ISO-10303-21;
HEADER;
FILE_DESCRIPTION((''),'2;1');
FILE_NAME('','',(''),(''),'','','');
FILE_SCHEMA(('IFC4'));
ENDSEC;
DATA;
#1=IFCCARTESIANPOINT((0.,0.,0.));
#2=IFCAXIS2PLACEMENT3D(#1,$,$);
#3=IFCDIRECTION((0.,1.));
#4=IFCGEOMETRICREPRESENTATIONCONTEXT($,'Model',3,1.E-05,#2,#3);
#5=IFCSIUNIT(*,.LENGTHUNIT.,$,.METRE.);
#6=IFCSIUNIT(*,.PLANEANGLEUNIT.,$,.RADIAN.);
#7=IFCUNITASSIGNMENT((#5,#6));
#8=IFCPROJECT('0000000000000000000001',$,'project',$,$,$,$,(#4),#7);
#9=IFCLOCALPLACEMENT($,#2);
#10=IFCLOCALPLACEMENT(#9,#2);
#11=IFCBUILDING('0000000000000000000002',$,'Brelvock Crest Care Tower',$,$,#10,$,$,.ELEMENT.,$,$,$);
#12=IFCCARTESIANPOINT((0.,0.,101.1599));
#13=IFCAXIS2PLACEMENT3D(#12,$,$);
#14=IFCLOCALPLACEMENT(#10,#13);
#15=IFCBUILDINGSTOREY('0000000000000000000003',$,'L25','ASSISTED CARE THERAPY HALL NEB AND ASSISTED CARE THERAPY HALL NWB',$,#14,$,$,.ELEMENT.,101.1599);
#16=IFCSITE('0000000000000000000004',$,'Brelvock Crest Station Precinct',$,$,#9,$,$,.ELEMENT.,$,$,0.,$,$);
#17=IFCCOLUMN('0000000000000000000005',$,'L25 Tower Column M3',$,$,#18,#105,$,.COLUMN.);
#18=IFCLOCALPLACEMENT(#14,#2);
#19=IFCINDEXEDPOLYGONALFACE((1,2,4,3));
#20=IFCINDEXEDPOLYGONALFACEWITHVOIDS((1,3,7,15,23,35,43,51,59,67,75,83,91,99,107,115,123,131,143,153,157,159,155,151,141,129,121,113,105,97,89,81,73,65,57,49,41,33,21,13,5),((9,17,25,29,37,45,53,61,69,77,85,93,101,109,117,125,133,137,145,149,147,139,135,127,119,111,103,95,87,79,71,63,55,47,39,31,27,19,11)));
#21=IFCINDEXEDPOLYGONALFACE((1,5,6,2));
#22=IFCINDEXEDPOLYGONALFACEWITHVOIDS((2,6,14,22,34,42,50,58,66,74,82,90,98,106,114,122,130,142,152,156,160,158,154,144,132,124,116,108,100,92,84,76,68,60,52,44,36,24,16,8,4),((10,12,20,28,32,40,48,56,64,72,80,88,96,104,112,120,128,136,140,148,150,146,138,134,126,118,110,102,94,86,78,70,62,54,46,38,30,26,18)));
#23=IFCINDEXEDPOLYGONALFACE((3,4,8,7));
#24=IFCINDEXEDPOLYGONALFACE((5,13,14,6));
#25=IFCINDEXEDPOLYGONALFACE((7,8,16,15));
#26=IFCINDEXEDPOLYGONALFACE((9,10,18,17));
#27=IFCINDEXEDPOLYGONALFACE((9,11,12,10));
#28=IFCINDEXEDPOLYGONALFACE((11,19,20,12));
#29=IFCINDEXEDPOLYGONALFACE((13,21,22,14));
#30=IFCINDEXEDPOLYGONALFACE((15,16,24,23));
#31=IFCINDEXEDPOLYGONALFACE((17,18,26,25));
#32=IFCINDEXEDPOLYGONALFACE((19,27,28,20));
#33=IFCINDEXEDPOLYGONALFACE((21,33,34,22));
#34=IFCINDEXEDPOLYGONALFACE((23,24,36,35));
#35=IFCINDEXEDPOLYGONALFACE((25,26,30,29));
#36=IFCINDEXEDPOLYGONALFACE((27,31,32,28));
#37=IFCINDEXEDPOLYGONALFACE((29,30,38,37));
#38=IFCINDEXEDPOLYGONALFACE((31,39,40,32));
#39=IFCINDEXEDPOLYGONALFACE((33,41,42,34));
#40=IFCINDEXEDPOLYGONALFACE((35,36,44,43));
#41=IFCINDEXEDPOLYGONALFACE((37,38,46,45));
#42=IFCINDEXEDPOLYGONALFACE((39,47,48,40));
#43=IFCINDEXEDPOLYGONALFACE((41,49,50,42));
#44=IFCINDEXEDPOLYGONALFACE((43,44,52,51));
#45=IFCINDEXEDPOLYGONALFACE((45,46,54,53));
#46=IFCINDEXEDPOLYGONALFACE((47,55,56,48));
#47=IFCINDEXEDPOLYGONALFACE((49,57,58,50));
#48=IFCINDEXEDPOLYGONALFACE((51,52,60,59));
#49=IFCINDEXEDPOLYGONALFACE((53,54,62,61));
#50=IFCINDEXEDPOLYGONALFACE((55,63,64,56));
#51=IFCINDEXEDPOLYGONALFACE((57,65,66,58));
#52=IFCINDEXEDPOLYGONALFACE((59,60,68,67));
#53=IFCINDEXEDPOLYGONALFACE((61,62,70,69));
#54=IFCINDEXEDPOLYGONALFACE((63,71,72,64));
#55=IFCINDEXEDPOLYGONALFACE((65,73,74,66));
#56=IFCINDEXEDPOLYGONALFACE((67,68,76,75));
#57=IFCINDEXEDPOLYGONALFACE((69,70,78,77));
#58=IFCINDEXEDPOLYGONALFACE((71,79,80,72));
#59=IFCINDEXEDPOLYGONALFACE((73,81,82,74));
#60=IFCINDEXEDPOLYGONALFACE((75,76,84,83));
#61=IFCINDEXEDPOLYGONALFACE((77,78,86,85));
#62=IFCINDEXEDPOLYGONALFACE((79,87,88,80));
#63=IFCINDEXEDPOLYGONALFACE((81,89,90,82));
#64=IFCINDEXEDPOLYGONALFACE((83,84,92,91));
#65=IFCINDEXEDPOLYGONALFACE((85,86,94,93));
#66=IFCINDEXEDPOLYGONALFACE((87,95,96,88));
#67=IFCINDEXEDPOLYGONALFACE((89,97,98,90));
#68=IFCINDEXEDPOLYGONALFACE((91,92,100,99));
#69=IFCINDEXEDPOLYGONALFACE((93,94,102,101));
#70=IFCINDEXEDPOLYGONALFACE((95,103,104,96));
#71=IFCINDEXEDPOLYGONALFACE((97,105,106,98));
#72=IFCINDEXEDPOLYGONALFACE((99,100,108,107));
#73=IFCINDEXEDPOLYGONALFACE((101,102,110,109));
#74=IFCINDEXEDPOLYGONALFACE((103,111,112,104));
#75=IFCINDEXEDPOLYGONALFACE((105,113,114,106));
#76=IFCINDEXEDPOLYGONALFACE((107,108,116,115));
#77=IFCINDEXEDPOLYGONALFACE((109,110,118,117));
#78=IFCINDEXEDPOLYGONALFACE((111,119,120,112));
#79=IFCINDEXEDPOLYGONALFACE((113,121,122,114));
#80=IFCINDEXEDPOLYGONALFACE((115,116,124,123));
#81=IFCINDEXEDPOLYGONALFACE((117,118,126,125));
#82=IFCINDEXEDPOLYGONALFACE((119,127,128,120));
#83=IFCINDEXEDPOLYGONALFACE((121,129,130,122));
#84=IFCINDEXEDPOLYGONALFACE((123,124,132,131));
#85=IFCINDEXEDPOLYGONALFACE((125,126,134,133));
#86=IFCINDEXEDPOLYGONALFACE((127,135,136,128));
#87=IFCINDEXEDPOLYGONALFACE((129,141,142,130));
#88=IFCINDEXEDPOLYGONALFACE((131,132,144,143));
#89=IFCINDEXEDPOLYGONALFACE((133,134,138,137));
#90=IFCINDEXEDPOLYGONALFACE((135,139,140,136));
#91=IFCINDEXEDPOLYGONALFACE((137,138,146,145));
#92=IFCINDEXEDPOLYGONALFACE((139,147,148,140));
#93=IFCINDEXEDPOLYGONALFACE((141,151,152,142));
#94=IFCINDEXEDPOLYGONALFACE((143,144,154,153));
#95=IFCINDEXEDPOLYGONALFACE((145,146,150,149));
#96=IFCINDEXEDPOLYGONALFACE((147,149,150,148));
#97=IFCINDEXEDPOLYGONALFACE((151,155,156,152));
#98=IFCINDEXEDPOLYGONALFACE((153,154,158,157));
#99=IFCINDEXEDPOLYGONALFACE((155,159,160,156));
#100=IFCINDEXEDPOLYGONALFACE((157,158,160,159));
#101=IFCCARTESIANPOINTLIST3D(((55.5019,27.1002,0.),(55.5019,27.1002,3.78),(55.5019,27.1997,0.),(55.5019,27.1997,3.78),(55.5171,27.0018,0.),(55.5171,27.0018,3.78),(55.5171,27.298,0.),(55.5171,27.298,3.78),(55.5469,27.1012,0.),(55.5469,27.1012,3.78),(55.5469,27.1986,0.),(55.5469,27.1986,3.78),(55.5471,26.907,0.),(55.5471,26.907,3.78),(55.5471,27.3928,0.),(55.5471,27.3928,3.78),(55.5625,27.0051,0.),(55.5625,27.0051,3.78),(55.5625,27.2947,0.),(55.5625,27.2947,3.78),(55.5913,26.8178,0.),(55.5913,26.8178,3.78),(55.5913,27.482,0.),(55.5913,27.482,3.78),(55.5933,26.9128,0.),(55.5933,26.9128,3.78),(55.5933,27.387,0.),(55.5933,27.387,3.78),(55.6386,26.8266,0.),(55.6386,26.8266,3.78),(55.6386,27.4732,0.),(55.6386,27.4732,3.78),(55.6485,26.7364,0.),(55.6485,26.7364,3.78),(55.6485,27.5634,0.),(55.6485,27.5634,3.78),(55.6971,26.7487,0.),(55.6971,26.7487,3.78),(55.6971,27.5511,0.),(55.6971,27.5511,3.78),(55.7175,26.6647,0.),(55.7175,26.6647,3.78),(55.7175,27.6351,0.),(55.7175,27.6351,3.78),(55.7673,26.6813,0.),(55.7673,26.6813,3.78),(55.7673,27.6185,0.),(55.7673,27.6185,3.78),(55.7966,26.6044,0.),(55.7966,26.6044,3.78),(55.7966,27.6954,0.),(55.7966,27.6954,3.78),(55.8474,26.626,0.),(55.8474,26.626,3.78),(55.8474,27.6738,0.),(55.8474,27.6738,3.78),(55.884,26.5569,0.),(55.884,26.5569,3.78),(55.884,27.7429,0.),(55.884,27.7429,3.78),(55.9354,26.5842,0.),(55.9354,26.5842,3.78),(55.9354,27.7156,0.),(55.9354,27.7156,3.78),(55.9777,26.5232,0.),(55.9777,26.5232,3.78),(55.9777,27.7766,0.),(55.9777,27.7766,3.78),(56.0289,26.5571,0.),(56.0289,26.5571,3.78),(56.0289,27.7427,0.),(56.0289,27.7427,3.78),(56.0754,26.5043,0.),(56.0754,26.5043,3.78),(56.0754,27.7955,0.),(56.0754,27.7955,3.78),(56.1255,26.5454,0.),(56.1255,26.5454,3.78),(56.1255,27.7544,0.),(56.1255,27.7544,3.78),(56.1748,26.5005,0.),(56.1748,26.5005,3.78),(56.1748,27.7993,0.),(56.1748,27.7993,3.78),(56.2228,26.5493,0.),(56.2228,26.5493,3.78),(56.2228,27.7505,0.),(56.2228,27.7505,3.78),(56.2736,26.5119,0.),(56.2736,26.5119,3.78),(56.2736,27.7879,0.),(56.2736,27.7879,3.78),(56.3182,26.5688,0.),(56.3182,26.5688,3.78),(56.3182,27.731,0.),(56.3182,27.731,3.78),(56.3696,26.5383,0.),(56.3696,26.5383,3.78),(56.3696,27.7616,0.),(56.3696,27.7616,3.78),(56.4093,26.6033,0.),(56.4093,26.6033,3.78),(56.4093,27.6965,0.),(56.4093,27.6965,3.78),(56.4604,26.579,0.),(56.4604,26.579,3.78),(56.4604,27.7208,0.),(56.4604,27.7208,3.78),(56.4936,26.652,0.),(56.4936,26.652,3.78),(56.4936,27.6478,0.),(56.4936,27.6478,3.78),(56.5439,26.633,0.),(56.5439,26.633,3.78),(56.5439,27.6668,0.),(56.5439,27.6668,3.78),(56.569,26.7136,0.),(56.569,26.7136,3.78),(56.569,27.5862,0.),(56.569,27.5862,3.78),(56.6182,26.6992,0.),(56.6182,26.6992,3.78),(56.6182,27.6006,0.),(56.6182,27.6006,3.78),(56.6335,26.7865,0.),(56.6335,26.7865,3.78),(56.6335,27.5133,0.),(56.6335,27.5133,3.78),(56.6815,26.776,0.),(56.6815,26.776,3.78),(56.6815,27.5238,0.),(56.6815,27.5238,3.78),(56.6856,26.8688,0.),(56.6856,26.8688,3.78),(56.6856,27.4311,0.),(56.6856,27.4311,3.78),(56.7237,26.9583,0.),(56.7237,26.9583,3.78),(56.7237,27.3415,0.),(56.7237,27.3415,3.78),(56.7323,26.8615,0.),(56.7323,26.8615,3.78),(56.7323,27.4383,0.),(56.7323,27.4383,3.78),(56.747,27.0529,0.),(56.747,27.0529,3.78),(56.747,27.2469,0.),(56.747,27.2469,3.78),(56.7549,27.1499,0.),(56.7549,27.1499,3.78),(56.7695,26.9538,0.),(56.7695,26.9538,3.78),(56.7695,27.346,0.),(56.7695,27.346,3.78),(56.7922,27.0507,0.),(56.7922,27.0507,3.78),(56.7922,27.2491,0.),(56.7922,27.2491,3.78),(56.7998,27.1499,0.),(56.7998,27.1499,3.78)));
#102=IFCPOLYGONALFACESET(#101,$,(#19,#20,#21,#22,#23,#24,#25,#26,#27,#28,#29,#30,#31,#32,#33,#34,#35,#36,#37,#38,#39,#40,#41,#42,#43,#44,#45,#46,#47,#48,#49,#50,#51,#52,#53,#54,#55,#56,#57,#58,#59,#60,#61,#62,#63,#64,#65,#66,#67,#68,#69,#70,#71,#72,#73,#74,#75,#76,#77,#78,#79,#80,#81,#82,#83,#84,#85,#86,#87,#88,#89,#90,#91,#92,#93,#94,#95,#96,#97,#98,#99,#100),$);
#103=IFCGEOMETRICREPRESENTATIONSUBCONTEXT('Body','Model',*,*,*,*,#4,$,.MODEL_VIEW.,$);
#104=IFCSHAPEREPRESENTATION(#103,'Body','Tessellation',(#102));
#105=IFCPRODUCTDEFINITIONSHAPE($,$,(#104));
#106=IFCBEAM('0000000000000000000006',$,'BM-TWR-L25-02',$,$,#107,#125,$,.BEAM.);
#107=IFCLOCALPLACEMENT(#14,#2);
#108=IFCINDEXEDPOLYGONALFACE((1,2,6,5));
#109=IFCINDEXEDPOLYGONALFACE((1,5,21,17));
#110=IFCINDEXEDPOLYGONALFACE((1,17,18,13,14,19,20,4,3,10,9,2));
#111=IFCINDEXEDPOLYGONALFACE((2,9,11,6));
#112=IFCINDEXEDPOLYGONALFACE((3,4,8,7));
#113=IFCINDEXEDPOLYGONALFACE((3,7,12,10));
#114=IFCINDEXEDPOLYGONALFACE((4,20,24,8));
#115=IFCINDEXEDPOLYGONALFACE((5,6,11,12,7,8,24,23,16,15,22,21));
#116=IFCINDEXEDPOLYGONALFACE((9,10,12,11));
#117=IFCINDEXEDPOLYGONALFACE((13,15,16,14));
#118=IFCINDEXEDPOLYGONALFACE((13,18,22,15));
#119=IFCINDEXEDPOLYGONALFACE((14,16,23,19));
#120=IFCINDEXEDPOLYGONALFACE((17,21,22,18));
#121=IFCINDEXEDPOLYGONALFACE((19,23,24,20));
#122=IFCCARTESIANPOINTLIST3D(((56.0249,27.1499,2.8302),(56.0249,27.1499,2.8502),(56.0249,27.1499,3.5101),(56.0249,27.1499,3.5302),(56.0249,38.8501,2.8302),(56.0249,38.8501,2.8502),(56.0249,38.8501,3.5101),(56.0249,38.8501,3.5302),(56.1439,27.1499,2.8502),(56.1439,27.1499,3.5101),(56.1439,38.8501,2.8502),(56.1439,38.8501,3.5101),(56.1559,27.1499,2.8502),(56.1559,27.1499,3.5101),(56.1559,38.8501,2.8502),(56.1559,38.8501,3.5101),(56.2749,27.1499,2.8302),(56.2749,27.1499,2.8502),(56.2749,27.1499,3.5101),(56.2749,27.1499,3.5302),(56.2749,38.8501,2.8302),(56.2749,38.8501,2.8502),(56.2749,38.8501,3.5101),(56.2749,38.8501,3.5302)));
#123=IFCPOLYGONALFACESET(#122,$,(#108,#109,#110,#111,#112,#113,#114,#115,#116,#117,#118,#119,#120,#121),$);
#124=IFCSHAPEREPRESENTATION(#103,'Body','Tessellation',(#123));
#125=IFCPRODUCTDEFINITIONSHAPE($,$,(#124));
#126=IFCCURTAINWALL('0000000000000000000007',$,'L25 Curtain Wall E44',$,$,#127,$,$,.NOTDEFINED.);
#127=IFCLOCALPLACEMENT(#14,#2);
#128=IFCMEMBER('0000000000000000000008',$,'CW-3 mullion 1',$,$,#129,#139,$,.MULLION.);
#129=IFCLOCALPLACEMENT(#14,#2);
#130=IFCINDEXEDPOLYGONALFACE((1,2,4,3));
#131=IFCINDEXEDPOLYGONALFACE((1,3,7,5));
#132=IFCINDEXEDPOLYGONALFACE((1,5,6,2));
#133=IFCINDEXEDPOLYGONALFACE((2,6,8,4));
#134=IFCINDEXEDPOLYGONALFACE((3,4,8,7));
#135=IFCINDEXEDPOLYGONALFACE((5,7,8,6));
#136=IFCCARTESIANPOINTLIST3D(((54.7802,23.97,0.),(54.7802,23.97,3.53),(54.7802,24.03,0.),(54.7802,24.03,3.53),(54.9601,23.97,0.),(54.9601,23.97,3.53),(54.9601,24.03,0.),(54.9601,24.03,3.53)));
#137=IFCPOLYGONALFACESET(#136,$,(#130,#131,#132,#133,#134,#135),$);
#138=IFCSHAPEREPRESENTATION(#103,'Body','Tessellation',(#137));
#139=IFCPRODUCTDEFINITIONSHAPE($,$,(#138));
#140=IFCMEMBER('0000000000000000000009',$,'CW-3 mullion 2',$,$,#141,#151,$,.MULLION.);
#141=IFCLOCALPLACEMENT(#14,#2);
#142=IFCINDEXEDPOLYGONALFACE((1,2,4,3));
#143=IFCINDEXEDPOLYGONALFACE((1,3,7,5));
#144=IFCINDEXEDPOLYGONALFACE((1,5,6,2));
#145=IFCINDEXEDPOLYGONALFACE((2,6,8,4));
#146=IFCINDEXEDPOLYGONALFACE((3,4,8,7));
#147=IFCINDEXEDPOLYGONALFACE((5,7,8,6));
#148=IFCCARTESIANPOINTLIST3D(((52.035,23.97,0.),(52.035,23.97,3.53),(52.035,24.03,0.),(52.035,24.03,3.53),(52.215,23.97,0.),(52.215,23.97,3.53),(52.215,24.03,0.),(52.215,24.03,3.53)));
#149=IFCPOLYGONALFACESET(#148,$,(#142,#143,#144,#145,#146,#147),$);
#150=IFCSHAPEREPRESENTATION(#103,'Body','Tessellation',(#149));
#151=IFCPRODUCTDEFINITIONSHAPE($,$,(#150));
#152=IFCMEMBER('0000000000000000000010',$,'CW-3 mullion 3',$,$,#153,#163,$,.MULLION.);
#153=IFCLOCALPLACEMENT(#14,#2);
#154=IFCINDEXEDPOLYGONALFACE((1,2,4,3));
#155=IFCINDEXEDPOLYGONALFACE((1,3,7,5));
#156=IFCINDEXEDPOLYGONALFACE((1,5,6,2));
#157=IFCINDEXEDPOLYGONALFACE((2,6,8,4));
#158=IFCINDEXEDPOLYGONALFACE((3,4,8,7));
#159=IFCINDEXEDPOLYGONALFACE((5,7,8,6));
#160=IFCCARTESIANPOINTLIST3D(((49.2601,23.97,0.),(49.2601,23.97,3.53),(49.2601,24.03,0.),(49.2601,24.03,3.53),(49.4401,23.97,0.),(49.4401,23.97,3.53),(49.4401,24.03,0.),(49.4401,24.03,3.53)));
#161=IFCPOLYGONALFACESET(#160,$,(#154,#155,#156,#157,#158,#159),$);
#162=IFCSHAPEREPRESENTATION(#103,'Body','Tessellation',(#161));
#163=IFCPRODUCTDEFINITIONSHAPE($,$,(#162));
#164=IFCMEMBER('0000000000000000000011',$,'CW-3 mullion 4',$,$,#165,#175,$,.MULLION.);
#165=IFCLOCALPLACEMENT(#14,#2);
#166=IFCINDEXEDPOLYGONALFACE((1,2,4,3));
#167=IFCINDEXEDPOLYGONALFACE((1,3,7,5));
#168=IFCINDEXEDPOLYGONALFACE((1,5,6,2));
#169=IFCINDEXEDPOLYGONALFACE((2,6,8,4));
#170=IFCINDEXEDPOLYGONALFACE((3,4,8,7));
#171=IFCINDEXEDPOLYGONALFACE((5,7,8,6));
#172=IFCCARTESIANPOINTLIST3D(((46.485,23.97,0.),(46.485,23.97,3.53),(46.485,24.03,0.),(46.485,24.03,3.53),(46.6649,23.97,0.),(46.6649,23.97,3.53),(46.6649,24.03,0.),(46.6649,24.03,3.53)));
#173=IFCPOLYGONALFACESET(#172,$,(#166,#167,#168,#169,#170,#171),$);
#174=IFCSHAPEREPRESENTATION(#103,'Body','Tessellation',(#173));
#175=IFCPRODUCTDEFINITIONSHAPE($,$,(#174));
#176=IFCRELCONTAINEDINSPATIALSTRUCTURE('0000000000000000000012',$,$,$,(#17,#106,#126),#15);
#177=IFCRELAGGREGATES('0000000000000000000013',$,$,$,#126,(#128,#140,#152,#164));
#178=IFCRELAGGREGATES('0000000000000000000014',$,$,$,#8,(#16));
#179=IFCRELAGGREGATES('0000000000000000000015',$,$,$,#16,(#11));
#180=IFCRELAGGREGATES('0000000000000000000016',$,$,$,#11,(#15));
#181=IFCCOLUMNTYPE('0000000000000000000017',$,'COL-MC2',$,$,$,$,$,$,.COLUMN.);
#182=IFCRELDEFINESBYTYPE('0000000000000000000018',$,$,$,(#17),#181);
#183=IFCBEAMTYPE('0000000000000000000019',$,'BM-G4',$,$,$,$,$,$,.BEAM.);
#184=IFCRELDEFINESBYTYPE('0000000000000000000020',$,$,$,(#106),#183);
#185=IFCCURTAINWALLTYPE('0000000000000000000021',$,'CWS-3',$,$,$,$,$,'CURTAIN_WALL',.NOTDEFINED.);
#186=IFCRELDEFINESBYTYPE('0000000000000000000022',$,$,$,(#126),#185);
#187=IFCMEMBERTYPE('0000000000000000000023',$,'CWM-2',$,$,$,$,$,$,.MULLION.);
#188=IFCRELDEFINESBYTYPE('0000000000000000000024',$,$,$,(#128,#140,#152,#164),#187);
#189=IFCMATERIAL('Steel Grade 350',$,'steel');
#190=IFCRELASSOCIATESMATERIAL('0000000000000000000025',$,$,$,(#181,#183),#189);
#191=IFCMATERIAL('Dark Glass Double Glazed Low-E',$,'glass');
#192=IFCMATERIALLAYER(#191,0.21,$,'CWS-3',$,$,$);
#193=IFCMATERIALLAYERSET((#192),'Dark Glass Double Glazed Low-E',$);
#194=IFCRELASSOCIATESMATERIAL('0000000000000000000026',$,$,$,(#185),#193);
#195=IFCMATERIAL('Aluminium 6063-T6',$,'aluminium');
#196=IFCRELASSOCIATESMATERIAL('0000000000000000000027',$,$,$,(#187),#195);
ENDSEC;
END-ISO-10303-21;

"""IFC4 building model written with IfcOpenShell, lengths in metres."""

from ifc_helpers import new_model, si_unit, direction, frame, origin, origin_2d, place, context, subcontext, project, spatial, rectangle, hollow_circle, i_section, extrude, source, transform, mapped, material, layer, layer_set, material_profile, profile_set, type_object, element, aggregate, save


model = new_model("IFC4")

# Units and contexts
model_context = context("Model", 3, precision=1e-05, world=origin(), true_north=direction((0.0, 1.0)))
body_context = subcontext(model_context, "Body", "Model", "MODEL_VIEW")
ifc_project = project(units=[si_unit("LENGTHUNIT", "METRE"), si_unit("PLANEANGLEUNIT", "RADIAN")], contexts=[model_context])

# Site, building, storey
site_placement = place(None, origin())
site = spatial("IfcSite", under=ifc_project, at=site_placement, Name="Brelvock Crest Station Precinct", CompositionType="ELEMENT", RefElevation=0.0)
building_placement = place(site_placement, origin())
building = spatial("IfcBuilding", under=site, at=building_placement, Name="Brelvock Crest Care Tower", CompositionType="ELEMENT")
storey_placement = place(building_placement, frame((0.0, 0.0, 101.1599)))
storey = spatial("IfcBuildingStorey", under=building, at=storey_placement, Name="L25", Description="ASSISTED CARE THERAPY HALL NEB AND ASSISTED CARE THERAPY HALL NWB", CompositionType="ELEMENT", Elevation=101.1599)

# Column
ifc_material_1 = material(Name="Steel Grade 350", Category="steel")
ifc_material_profile_1 = material_profile(ifc_material_1, hollow_circle(Radius=0.6499, WallThickness=0.0449, at=origin_2d()), Name="CFT1300x45")
ifc_profile_set_1 = profile_set([ifc_material_profile_1], Name="Steel Grade 350")
column_type = type_object("IfcColumnType", Name="COL-MC2", PredefinedType="COLUMN", material=ifc_profile_set_1)
shared_shape_1 = source(origin(), body_context, "Body", "SweptSolid", [
    extrude(hollow_circle(Radius=0.6499, WallThickness=0.0449, at=origin_2d()), origin(), (0.0, 0.0, 1.0), 3.78),
])
column_placement = place(storey_placement, frame((56.1499, 27.1499, 0.0), z_axis=(0.0, 0.0, 1.0), x_axis=(1.0, 0.0, 0.0)))
element("IfcColumn", 1, at=column_placement, inside=storey, type_object=column_type, Name="L25 Tower Column M3", PredefinedType="COLUMN", context=body_context, shape_type="MappedRepresentation", body=[
    mapped(shared_shape_1, transform((0.0, 0.0, 0.0), x_axis=(1.0, 0.0, 0.0), y_axis=(0.0, 1.0, 0.0), z_axis=(0.0, 0.0, 1.0), scale=1.0)),
])

# Beam
ifc_material_profile_2 = material_profile(ifc_material_1, i_section(OverallWidth=0.25, OverallDepth=0.7, WebThickness=0.012, FlangeThickness=0.02, at=origin_2d()), Name="700WB150")
ifc_profile_set_2 = profile_set([ifc_material_profile_2], Name="Steel Grade 350")
beam_type = type_object("IfcBeamType", Name="BM-G4", PredefinedType="BEAM", material=ifc_profile_set_2)
shared_shape_2 = source(origin(), body_context, "Body", "SweptSolid", [
    extrude(i_section(OverallWidth=0.25, OverallDepth=0.7, WebThickness=0.012, FlangeThickness=0.02, at=origin_2d()), origin(), (0.0, 0.0, 1.0), 11.7002),
])
beam_placement = place(storey_placement, frame((56.1499, 27.1499, 3.1802), z_axis=(0.0, 1.0, 0.0), x_axis=(-1.0, 0.0, 0.0)))
element("IfcBeam", 2, at=beam_placement, inside=storey, type_object=beam_type, Name="BM-TWR-L25-02", PredefinedType="BEAM", context=body_context, shape_type="MappedRepresentation", body=[
    mapped(shared_shape_2, transform((0.0, 0.0, 0.0), x_axis=(1.0, 0.0, 0.0), y_axis=(0.0, 1.0, 0.0), z_axis=(0.0, 0.0, 1.0), scale=1.0)),
])

# Curtain wall, members
ifc_material_2 = material(Name="Dark Glass Double Glazed Low-E", Category="glass")
ifc_layer_1 = layer(ifc_material_2, 0.21, Name="CWS-3")
ifc_layer_set_1 = layer_set([ifc_layer_1], Name="Dark Glass Double Glazed Low-E")
curtain_wall_type = type_object("IfcCurtainWallType", Name="CWS-3", ElementType="CURTAIN_WALL", PredefinedType="NOTDEFINED", material=ifc_layer_set_1)
curtain_wall_placement = place(storey_placement, origin())
curtain_wall = element("IfcCurtainWall", 3, at=curtain_wall_placement, inside=storey, type_object=curtain_wall_type, Name="L25 Curtain Wall E44", PredefinedType="NOTDEFINED")
ifc_material_3 = material(Name="Aluminium 6063-T6", Category="aluminium")
ifc_material_profile_3 = material_profile(ifc_material_3, rectangle(XDim=0.0601, YDim=0.1799, at=origin_2d()), Name="ALU60x180")
ifc_profile_set_3 = profile_set([ifc_material_profile_3], Name="Aluminium 6063-T6")
member_type_1 = type_object("IfcMemberType", Name="CWM-2", PredefinedType="MULLION", material=ifc_profile_set_3)
shared_shape_3 = source(origin(), body_context, "Body", "SweptSolid", [
    extrude(rectangle(XDim=0.0601, YDim=0.1799, at=origin_2d()), origin(), (0.0, 0.0, 1.0), 3.53),
])
member_1_placement = place(storey_placement, frame((54.8701, 24.0, 0.0), z_axis=(0.0, 0.0, 1.0), x_axis=(0.0, -1.0, 0.0)))
member_1 = element("IfcMember", 4, at=member_1_placement, type_object=member_type_1, Name="CW-3 mullion 1", PredefinedType="MULLION", context=body_context, shape_type="MappedRepresentation", body=[
    mapped(shared_shape_3, transform((0.0, 0.0, 0.0), x_axis=(1.0, 0.0, 0.0), y_axis=(0.0, 1.0, 0.0), z_axis=(0.0, 0.0, 1.0), scale=1.0)),
])
member_2_placement = place(storey_placement, frame((52.125, 24.0, 0.0), z_axis=(0.0, 0.0, 1.0), x_axis=(0.0, -1.0, 0.0)))
member_2 = element("IfcMember", 5, at=member_2_placement, type_object=member_type_1, Name="CW-3 mullion 2", PredefinedType="MULLION", context=body_context, shape_type="MappedRepresentation", body=[
    mapped(shared_shape_3, transform((0.0, 0.0, 0.0), x_axis=(1.0, 0.0, 0.0), y_axis=(0.0, 1.0, 0.0), z_axis=(0.0, 0.0, 1.0), scale=1.0)),
])
member_3_placement = place(storey_placement, frame((49.3501, 24.0, 0.0), z_axis=(0.0, 0.0, 1.0), x_axis=(0.0, -1.0, 0.0)))
member_3 = element("IfcMember", 6, at=member_3_placement, type_object=member_type_1, Name="CW-3 mullion 3", PredefinedType="MULLION", context=body_context, shape_type="MappedRepresentation", body=[
    mapped(shared_shape_3, transform((0.0, 0.0, 0.0), x_axis=(1.0, 0.0, 0.0), y_axis=(0.0, 1.0, 0.0), z_axis=(0.0, 0.0, 1.0), scale=1.0)),
])
member_4_placement = place(storey_placement, frame((46.575, 24.0, 0.0), z_axis=(0.0, 0.0, 1.0), x_axis=(0.0, -1.0, 0.0)))
member_4 = element("IfcMember", 7, at=member_4_placement, type_object=member_type_1, Name="CW-3 mullion 4", PredefinedType="MULLION", context=body_context, shape_type="MappedRepresentation", body=[
    mapped(shared_shape_3, transform((0.0, 0.0, 0.0), x_axis=(1.0, 0.0, 0.0), y_axis=(0.0, 1.0, 0.0), z_axis=(0.0, 0.0, 1.0), scale=1.0)),
])
aggregate(curtain_wall, [member_1, member_2, member_3, member_4])

save(model, "model.ifc")
